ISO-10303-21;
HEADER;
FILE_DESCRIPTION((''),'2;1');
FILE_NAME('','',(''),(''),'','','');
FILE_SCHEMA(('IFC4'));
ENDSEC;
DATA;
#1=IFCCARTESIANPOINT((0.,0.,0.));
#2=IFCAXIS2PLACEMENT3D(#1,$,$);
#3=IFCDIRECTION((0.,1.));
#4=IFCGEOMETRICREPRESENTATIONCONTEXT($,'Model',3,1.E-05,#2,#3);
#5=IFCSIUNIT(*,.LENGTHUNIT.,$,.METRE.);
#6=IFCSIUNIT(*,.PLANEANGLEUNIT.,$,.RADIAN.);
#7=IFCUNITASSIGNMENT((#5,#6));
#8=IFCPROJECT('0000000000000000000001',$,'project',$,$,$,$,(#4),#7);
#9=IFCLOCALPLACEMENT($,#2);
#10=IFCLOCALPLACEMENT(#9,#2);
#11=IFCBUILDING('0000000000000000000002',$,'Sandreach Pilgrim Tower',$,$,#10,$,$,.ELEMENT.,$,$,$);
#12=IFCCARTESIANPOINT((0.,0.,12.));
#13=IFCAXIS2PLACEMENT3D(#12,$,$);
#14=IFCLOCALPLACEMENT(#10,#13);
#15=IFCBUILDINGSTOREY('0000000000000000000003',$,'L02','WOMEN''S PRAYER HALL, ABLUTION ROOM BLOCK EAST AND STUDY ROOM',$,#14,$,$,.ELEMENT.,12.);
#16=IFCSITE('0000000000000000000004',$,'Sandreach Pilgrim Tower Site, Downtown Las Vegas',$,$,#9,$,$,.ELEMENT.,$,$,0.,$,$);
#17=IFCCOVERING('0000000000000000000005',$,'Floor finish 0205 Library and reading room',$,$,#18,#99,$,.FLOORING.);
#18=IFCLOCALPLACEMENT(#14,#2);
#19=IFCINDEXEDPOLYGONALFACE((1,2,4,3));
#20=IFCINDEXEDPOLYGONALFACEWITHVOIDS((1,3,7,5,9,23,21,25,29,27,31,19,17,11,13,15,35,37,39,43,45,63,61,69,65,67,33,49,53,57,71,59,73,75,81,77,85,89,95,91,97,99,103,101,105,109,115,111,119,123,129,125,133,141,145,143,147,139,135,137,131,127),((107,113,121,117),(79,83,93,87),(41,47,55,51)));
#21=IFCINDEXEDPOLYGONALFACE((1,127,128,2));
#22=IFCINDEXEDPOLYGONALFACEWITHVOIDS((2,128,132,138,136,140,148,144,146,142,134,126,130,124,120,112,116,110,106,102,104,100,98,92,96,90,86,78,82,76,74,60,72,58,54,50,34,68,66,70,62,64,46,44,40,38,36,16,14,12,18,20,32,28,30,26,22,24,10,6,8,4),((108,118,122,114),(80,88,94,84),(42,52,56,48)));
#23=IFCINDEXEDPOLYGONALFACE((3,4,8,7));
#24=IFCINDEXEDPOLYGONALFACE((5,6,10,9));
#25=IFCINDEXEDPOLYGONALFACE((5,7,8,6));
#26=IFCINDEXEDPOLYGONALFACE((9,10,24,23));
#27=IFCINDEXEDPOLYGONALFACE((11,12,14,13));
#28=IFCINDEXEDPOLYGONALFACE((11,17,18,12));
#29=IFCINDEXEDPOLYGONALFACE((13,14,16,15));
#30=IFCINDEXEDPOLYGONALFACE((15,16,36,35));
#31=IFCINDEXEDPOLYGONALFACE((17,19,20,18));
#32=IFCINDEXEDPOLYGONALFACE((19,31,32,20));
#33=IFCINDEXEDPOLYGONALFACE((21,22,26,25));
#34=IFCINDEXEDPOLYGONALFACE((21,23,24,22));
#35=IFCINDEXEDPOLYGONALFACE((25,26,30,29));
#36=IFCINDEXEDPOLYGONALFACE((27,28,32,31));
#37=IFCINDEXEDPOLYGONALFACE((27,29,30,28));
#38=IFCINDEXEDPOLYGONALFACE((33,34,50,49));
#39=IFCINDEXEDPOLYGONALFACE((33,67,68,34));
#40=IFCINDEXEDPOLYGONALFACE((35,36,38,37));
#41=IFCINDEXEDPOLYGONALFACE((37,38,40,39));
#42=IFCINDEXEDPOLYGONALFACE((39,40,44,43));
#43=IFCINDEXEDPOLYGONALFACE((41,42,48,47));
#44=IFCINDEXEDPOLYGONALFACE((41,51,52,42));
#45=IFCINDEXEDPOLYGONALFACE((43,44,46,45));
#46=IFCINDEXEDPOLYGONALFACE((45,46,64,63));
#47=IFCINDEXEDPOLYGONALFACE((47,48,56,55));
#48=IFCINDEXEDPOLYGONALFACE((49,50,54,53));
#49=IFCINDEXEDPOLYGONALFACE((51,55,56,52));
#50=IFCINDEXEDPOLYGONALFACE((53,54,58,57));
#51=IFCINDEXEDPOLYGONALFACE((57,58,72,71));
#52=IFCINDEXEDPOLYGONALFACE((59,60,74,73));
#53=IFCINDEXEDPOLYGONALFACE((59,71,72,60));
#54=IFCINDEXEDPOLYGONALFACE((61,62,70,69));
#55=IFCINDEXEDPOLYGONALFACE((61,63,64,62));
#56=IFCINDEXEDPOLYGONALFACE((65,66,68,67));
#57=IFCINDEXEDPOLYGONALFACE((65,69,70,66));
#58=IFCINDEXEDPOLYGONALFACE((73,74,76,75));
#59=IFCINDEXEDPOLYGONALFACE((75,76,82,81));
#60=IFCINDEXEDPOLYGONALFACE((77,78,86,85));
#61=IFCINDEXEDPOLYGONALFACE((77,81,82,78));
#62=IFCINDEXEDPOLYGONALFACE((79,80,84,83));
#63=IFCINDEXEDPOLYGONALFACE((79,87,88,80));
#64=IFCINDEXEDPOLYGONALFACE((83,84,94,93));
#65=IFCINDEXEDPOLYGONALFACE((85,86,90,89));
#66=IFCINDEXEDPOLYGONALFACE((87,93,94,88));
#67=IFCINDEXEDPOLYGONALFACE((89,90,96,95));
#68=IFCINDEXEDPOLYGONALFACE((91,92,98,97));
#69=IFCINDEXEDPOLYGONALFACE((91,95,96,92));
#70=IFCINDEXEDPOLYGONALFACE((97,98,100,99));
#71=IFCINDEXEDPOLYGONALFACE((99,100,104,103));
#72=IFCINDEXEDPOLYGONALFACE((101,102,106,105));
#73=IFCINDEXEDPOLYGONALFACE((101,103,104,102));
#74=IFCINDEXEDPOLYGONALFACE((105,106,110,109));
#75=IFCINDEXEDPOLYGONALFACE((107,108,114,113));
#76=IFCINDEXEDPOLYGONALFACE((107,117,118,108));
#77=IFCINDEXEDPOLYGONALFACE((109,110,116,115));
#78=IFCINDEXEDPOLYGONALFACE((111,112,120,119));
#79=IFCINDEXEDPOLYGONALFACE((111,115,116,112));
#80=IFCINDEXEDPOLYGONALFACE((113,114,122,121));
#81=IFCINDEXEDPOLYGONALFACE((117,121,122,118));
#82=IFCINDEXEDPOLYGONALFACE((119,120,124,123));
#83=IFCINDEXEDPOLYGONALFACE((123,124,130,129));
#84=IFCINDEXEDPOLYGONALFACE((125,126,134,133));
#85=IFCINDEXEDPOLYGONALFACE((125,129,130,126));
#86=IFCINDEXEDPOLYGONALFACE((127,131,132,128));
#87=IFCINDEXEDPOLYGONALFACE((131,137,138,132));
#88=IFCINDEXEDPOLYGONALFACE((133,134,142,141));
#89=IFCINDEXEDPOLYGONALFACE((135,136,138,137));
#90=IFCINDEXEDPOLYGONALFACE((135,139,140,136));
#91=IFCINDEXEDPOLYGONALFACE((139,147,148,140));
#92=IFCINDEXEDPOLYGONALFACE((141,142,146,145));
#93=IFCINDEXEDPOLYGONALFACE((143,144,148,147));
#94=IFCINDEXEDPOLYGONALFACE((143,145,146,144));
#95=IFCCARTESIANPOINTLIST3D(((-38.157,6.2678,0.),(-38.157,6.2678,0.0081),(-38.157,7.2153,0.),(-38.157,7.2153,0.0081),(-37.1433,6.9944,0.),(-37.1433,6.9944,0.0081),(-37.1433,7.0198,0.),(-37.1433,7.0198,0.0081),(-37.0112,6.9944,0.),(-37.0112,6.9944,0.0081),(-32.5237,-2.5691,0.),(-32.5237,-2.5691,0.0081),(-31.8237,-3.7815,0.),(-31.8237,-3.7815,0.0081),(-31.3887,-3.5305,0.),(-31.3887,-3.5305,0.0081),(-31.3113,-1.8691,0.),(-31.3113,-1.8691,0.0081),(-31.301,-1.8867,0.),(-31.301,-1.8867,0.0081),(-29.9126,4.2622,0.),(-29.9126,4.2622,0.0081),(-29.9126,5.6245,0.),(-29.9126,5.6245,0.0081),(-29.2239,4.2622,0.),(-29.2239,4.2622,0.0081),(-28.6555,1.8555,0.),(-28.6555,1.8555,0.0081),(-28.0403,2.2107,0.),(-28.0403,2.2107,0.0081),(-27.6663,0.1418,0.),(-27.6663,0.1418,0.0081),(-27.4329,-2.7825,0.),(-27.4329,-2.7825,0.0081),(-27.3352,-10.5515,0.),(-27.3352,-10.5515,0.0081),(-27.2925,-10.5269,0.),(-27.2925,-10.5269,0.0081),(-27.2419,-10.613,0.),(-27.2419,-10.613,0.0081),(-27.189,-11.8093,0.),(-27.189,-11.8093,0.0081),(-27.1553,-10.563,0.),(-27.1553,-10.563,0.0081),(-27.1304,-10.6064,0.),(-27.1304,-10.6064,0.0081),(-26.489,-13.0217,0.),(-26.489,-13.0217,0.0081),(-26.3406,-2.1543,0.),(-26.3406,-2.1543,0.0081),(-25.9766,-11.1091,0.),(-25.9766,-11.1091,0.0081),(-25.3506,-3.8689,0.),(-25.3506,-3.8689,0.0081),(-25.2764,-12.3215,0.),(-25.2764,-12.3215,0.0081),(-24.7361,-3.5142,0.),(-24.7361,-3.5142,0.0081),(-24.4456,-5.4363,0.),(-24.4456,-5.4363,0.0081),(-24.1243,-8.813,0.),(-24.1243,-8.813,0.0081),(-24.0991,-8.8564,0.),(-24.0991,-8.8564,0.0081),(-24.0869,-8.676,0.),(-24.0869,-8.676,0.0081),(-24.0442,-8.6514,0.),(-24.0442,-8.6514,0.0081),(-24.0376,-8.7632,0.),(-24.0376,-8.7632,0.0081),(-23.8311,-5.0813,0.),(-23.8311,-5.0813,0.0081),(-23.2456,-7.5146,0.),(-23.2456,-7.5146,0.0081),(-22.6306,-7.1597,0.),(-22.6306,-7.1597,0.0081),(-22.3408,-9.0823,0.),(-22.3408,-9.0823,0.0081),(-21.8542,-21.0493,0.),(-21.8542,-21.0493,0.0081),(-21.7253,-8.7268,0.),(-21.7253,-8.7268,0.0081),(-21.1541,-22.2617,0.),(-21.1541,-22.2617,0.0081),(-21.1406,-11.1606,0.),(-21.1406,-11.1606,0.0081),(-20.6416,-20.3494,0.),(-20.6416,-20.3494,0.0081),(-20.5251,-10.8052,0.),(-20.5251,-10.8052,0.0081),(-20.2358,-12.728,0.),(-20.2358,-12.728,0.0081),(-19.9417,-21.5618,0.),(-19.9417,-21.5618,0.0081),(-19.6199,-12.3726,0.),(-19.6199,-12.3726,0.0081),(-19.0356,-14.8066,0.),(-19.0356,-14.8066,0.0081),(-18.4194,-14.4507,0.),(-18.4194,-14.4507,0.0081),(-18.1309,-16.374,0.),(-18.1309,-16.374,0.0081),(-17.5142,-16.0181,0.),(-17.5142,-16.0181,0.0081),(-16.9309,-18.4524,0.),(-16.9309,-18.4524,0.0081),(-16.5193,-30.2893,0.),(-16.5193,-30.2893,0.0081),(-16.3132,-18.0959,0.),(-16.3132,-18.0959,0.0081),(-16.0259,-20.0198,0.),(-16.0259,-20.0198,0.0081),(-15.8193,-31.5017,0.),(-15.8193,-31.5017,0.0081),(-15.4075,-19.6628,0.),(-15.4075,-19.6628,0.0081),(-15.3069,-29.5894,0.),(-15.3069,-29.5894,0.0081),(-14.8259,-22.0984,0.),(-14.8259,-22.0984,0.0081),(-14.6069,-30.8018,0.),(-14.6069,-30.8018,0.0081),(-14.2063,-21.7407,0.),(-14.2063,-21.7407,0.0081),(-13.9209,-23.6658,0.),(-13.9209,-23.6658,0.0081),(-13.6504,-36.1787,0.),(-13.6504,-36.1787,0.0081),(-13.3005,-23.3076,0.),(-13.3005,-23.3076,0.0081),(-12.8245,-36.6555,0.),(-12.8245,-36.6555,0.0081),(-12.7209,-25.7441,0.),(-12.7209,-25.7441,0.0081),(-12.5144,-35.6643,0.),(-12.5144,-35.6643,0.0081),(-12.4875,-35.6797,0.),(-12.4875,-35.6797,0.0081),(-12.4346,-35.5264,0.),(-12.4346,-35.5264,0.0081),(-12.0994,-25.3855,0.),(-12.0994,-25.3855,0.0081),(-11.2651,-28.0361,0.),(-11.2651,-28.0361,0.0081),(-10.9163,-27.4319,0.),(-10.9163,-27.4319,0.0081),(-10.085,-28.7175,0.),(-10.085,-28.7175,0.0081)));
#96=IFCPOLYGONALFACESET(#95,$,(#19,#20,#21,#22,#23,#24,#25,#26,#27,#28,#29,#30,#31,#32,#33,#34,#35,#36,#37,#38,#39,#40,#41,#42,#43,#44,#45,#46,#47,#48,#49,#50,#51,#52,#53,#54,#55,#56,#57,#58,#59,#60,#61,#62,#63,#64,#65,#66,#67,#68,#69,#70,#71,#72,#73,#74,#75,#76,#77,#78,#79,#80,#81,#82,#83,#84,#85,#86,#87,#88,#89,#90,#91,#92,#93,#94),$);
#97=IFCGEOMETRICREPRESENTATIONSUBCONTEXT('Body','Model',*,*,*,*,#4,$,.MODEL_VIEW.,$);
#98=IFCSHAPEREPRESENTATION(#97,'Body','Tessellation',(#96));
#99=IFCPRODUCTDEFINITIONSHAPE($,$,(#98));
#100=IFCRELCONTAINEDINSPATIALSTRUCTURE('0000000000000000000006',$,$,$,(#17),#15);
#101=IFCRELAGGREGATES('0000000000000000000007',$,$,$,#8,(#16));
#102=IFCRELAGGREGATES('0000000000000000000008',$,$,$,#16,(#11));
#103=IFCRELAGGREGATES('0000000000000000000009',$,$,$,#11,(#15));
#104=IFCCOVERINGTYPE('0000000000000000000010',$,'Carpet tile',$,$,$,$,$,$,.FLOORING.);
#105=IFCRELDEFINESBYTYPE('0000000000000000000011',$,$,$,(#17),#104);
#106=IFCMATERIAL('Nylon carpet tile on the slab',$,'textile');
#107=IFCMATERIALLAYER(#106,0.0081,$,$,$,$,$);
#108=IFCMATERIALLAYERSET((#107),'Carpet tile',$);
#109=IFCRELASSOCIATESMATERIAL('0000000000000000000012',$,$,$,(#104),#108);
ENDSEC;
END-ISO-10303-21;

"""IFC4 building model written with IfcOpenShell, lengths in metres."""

from ifc_helpers import new_model, si_unit, direction, frame, origin, place, context, subcontext, project, spatial, polyline, outline, extrude, material, layer, layer_set, type_object, element, save


model = new_model("IFC4")

# Units and contexts
model_context = context("Model", 3, precision=1e-05, world=origin(), true_north=direction((0.0, 1.0)))
body_context = subcontext(model_context, "Body", "Model", "MODEL_VIEW")
ifc_project = project(units=[si_unit("LENGTHUNIT", "METRE"), si_unit("PLANEANGLEUNIT", "RADIAN")], contexts=[model_context])

# Site, building, storey
site_placement = place(None, origin())
site = spatial("IfcSite", under=ifc_project, at=site_placement, Name="Sandreach Pilgrim Tower Site, Downtown Las Vegas", CompositionType="ELEMENT", RefElevation=0.0)
building_placement = place(site_placement, origin())
building = spatial("IfcBuilding", under=site, at=building_placement, Name="Sandreach Pilgrim Tower", CompositionType="ELEMENT")
storey_placement = place(building_placement, frame((0.0, 0.0, 12.0)))
storey = spatial("IfcBuildingStorey", under=building, at=storey_placement, Name="L02", Description="WOMEN'S PRAYER HALL, ABLUTION ROOM BLOCK EAST AND STUDY ROOM", CompositionType="ELEMENT", Elevation=12.0)

# Covering
ifc_material_1 = material(Name="Nylon carpet tile on the slab", Category="textile")
ifc_layer_1 = layer(ifc_material_1, 0.0081)
ifc_layer_set_1 = layer_set([ifc_layer_1], Name="Carpet tile")
covering_type_1 = type_object("IfcCoveringType", Name="Carpet tile", PredefinedType="FLOORING", material=ifc_layer_set_1)
covering_1_placement = place(storey_placement, origin())
element("IfcCovering", 1, at=covering_1_placement, inside=storey, type_object=covering_type_1, Name="Floor finish 0205 Library and reading room", PredefinedType="FLOORING", context=body_context, shape_type="SweptSolid", body=[
    extrude(outline(polyline([(-38.157, 6.2678), (-38.157, 7.2153), (-37.1433, 7.0198), (-37.1433, 6.9944), (-37.0112, 6.9944), (-29.9126, 5.6245), (-29.9126, 4.2622), (-29.2239, 4.2622), (-28.0403, 2.2107), (-28.6555, 1.8555), (-27.6663, 0.1418), (-31.301, -1.8867), (-31.3113, -1.8691), (-32.5237, -2.5691), (-31.8237, -3.7815), (-31.3887, -3.5305), (-27.3352, -10.5515), (-27.2925, -10.5269), (-27.2419, -10.613), (-27.1553, -10.563), (-27.1304, -10.6064), (-24.0991, -8.8564), (-24.1243, -8.813), (-24.0376, -8.7632), (-24.0869, -8.676), (-24.0442, -8.6514), (-27.4329, -2.7825), (-26.3406, -2.1543), (-25.3506, -3.8689), (-24.7361, -3.5142), (-23.8311, -5.0813), (-24.4456, -5.4363), (-23.2456, -7.5146), (-22.6306, -7.1597), (-21.7253, -8.7268), (-22.3408, -9.0823), (-21.1406, -11.1606), (-20.5251, -10.8052), (-19.6199, -12.3726), (-20.2358, -12.728), (-19.0356, -14.8066), (-18.4194, -14.4507), (-17.5142, -16.0181), (-18.1309, -16.374), (-16.9309, -18.4524), (-16.3132, -18.0959), (-15.4075, -19.6628), (-16.0259, -20.0198), (-14.8259, -22.0984), (-14.2063, -21.7407), (-13.3005, -23.3076), (-13.9209, -23.6658), (-12.7209, -25.7441), (-12.0994, -25.3855), (-10.9163, -27.4319), (-11.2651, -28.0361), (-10.085, -28.7175), (-12.4346, -35.5264), (-12.5144, -35.6643), (-12.4875, -35.6797), (-12.8245, -36.6555), (-13.6504, -36.1787), (-38.157, 6.2678)]), holes=[polyline([(-16.5193, -30.2893), (-15.8193, -31.5017), (-14.6069, -30.8018), (-15.3069, -29.5894), (-16.5193, -30.2893)]), polyline([(-21.1541, -22.2617), (-19.9417, -21.5618), (-20.6416, -20.3494), (-21.8542, -21.0493), (-21.1541, -22.2617)]), polyline([(-26.489, -13.0217), (-25.2764, -12.3215), (-25.9766, -11.1091), (-27.189, -11.8093), (-26.489, -13.0217)])]), origin(), (0.0, 0.0, 1.0), 0.0081),
])

save(model, "model.ifc")
